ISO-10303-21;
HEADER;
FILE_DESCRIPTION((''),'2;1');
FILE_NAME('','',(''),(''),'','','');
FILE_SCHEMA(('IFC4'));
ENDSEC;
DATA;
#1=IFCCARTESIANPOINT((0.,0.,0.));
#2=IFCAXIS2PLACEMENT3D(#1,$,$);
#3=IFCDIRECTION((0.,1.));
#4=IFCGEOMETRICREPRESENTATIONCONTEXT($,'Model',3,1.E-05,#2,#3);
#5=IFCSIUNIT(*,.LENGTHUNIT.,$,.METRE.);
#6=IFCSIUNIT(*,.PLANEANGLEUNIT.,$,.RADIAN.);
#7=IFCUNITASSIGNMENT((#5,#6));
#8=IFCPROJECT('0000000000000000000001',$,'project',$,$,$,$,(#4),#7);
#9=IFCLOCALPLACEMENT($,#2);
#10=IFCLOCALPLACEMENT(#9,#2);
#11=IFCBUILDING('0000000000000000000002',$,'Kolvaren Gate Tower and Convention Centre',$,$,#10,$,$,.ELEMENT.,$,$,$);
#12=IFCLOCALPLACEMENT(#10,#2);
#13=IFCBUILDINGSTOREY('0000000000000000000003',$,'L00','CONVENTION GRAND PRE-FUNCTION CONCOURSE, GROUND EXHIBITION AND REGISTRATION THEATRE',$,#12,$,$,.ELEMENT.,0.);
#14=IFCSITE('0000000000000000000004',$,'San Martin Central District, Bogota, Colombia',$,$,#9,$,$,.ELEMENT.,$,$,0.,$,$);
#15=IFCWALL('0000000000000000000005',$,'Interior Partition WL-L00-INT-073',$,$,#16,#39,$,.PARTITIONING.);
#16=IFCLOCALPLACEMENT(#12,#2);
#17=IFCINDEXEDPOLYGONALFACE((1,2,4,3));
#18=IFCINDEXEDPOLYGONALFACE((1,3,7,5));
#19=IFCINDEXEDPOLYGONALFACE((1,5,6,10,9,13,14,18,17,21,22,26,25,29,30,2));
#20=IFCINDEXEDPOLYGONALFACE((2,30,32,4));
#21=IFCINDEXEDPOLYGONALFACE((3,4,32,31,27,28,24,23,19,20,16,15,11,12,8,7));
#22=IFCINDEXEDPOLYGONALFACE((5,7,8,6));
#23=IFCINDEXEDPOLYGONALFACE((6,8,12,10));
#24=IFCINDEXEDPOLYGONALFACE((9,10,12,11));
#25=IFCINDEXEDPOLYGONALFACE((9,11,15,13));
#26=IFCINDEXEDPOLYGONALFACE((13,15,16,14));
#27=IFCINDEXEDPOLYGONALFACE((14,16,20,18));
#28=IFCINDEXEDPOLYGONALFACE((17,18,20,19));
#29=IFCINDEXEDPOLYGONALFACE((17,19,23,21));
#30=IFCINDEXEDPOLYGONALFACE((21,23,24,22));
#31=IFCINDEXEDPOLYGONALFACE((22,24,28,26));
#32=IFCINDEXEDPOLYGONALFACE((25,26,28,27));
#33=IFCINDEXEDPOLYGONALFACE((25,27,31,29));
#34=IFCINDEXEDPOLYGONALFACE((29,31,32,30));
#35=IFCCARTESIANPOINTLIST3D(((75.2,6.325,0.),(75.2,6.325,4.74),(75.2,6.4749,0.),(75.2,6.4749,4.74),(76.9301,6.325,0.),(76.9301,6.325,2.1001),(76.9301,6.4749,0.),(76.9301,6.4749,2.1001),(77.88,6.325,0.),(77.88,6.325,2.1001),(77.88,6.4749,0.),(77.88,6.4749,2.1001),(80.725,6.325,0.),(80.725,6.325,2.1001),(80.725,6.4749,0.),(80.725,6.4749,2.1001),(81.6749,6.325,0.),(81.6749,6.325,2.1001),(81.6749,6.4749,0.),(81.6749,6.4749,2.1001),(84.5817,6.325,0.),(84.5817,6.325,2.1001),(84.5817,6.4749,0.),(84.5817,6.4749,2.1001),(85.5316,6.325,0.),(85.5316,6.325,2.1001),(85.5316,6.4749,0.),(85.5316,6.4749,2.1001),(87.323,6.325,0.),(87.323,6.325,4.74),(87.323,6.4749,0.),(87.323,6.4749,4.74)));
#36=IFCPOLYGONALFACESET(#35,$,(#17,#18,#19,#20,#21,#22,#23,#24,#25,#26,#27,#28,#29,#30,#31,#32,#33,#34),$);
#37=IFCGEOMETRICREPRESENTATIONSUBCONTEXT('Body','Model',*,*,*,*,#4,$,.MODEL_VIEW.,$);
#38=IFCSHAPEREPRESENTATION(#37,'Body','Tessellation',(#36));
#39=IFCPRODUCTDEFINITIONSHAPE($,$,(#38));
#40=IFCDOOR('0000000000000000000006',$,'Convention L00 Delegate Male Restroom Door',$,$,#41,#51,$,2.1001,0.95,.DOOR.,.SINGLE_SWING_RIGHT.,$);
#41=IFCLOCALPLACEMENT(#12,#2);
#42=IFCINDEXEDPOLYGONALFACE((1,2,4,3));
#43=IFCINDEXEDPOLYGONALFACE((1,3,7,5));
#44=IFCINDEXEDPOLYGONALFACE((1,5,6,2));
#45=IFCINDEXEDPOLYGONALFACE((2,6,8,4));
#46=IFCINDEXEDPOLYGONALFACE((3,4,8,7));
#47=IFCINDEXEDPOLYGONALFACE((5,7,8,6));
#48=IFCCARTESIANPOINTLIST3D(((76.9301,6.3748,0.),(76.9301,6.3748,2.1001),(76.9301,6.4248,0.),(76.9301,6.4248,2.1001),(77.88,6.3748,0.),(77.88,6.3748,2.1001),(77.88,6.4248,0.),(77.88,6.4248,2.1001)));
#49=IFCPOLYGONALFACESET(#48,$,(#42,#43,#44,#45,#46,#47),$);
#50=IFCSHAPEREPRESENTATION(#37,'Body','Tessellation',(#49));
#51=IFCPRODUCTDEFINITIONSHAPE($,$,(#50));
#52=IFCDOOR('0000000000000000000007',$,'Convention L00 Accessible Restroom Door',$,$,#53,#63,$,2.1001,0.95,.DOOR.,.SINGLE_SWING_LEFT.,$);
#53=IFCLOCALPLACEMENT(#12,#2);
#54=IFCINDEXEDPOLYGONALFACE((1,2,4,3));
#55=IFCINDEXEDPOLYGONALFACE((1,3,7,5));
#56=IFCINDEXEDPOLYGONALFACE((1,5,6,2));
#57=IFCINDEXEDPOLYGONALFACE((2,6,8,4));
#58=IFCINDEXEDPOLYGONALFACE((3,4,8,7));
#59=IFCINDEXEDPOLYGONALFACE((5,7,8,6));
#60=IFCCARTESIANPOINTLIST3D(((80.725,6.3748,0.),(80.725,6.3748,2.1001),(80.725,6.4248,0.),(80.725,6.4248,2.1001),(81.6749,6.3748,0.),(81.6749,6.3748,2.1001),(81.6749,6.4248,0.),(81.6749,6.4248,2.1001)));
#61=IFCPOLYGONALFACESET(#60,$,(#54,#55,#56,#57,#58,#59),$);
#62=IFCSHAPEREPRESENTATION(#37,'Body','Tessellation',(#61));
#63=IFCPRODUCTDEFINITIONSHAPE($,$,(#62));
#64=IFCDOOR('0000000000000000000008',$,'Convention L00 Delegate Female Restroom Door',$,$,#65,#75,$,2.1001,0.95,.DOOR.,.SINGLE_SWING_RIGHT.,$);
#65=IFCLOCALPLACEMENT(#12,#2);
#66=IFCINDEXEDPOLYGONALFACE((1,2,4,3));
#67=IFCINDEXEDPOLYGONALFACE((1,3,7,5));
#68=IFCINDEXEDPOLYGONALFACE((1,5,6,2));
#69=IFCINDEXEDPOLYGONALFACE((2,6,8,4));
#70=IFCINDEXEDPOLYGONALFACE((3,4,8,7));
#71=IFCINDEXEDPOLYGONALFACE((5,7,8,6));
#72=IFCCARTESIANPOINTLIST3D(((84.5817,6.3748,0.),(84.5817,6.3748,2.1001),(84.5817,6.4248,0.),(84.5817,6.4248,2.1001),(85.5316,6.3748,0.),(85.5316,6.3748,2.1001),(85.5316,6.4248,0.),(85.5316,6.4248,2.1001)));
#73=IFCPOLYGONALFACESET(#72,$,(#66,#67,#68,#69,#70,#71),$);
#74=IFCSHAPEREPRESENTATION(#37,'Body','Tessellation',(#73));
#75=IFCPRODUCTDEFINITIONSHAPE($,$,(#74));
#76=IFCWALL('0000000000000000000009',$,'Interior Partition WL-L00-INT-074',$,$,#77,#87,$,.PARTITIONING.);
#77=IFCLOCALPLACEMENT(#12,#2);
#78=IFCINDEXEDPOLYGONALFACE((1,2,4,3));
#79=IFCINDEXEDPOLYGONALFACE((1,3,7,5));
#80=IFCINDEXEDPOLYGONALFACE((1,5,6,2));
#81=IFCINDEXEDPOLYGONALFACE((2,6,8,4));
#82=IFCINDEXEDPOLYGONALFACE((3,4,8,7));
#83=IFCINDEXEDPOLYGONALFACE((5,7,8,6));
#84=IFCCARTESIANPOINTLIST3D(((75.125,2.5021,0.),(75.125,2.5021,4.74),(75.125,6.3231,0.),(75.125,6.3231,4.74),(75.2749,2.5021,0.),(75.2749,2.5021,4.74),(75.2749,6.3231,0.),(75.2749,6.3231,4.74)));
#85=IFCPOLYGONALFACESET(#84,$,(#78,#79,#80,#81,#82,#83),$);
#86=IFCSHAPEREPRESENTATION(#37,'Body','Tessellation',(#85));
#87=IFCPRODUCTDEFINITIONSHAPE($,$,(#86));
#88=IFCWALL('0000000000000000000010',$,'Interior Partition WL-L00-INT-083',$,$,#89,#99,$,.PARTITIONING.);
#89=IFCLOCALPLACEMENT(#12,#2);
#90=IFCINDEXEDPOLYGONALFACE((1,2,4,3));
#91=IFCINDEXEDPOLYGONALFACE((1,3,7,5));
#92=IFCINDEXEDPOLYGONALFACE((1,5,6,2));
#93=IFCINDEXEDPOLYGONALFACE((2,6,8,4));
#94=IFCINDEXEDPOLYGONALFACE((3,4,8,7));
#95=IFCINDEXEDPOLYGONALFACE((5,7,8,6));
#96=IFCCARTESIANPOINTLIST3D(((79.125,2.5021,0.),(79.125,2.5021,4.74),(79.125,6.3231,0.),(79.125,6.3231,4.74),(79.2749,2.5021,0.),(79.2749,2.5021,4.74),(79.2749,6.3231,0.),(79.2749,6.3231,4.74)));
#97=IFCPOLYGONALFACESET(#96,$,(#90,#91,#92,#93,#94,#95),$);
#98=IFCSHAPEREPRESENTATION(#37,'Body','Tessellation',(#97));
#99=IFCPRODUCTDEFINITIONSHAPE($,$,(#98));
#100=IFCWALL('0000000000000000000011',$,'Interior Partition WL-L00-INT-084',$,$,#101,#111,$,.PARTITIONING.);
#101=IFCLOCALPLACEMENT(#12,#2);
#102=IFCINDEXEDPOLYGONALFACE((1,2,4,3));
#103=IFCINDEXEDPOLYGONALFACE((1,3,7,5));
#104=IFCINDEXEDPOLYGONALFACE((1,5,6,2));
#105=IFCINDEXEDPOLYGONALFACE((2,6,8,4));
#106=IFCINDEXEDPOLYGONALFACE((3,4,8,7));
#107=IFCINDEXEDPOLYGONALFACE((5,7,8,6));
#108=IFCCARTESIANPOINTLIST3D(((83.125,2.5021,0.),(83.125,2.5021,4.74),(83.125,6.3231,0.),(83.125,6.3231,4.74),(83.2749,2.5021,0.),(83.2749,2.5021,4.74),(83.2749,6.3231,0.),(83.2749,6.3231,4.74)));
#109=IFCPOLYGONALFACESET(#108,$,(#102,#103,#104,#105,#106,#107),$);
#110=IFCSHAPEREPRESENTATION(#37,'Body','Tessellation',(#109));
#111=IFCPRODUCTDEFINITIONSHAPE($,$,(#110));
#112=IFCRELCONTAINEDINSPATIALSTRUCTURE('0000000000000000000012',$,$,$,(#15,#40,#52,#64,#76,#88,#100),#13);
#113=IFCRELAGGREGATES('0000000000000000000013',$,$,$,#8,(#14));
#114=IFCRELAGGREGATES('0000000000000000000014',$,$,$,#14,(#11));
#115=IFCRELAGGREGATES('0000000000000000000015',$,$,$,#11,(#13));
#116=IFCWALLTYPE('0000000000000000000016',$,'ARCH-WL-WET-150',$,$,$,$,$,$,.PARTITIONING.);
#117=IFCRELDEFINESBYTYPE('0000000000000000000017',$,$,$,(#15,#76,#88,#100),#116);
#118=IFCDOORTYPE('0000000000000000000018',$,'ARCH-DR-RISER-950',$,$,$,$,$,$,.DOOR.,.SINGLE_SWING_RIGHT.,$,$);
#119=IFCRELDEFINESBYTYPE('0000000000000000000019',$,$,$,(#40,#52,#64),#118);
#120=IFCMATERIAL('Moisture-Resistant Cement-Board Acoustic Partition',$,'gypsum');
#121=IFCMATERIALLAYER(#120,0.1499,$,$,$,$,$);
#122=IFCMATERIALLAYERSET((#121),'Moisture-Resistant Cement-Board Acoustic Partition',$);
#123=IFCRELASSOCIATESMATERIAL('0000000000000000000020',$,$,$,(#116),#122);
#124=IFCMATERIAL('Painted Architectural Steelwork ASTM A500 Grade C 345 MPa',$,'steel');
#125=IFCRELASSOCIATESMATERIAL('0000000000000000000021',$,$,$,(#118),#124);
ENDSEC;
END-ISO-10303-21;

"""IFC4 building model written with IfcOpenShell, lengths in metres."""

from ifc_helpers import new_model, si_unit, direction, frame, frame_2d, origin, place, context, subcontext, project, spatial, rectangle, extrude, material, layer, layer_set, type_object, element, fill, save


model = new_model("IFC4")

# Units and contexts
model_context = context("Model", 3, precision=1e-05, world=origin(), true_north=direction((0.0, 1.0)))
body_context = subcontext(model_context, "Body", "Model", "MODEL_VIEW")
ifc_project = project(units=[si_unit("LENGTHUNIT", "METRE"), si_unit("PLANEANGLEUNIT", "RADIAN")], contexts=[model_context])

# Site, building, storey
site_placement = place(None, origin())
site = spatial("IfcSite", under=ifc_project, at=site_placement, Name="San Martin Central District, Bogota, Colombia", CompositionType="ELEMENT", RefElevation=0.0)
building_placement = place(site_placement, origin())
building = spatial("IfcBuilding", under=site, at=building_placement, Name="Kolvaren Gate Tower and Convention Centre", CompositionType="ELEMENT")
storey_placement = place(building_placement, origin())
storey = spatial("IfcBuildingStorey", under=building, at=storey_placement, Name="L00", Description="CONVENTION GRAND PRE-FUNCTION CONCOURSE, GROUND EXHIBITION AND REGISTRATION THEATRE", CompositionType="ELEMENT", Elevation=0.0)

# Wall, openings, doors
ifc_material_1 = material(Name="Moisture-Resistant Cement-Board Acoustic Partition", Category="gypsum")
ifc_layer_1 = layer(ifc_material_1, 0.1499)
ifc_layer_set_1 = layer_set([ifc_layer_1], Name="Moisture-Resistant Cement-Board Acoustic Partition")
wall_type_1 = type_object("IfcWallType", Name="ARCH-WL-WET-150", PredefinedType="PARTITIONING", material=ifc_layer_set_1)
wall_1_placement = place(storey_placement, frame((75.2, 6.3999, 0.0), z_axis=(0.0, 0.0, 1.0), x_axis=(1.0, 0.0, 0.0)))
wall_1 = element("IfcWall", 1, at=wall_1_placement, inside=storey, type_object=wall_type_1, Name="Interior Partition WL-L00-INT-073", PredefinedType="PARTITIONING", context=body_context, shape_type="SweptSolid", body=[
    extrude(rectangle(XDim=12.123, YDim=0.1499, at=frame_2d((6.0615, 0.0))), origin(), (0.0, 0.0, 1.0), 4.74),
])
opening_1_placement = place(wall_1_placement, frame((1.73, 0.0, 0.0)))
opening_1 = element("IfcOpeningElement", 2, at=opening_1_placement, cuts=wall_1, PredefinedType="OPENING", context=body_context, shape_type="SweptSolid", body=[
    extrude(rectangle(XDim=0.95, YDim=2.1001, at=frame_2d((0.4751, 1.05))), frame((0.0, 0.085, 0.0), z_axis=(0.0, -1.0, 0.0), x_axis=(1.0, 0.0, 0.0)), (0.0, 0.0, 1.0), 0.1699),
])
opening_2_placement = place(wall_1_placement, frame((5.5249, 0.0, 0.0)))
opening_2 = element("IfcOpeningElement", 3, at=opening_2_placement, cuts=wall_1, PredefinedType="OPENING", context=body_context, shape_type="SweptSolid", body=[
    extrude(rectangle(XDim=0.95, YDim=2.1001, at=frame_2d((0.4751, 1.05))), frame((0.0, 0.085, 0.0), z_axis=(0.0, -1.0, 0.0), x_axis=(1.0, 0.0, 0.0)), (0.0, 0.0, 1.0), 0.1699),
])
opening_3_placement = place(wall_1_placement, frame((9.3816, 0.0, 0.0)))
opening_3 = element("IfcOpeningElement", 4, at=opening_3_placement, cuts=wall_1, PredefinedType="OPENING", context=body_context, shape_type="SweptSolid", body=[
    extrude(rectangle(XDim=0.95, YDim=2.1001, at=frame_2d((0.4751, 1.05))), frame((0.0, 0.085, 0.0), z_axis=(0.0, -1.0, 0.0), x_axis=(1.0, 0.0, 0.0)), (0.0, 0.0, 1.0), 0.1699),
])
ifc_material_2 = material(Name="Painted Architectural Steelwork ASTM A500 Grade C 345 MPa", Category="steel")
door_type = type_object("IfcDoorType", Name="ARCH-DR-RISER-950", OperationType="SINGLE_SWING_RIGHT", PredefinedType="DOOR", material=ifc_material_2)
door_1_placement = place(opening_1_placement, origin())
door_1 = element("IfcDoor", 5, at=door_1_placement, inside=storey, type_object=door_type, Name="Convention L00 Delegate Male Restroom Door", OperationType="SINGLE_SWING_RIGHT", OverallHeight=2.1001, OverallWidth=0.95, PredefinedType="DOOR", context=body_context, shape_type="SweptSolid", body=[
    extrude(rectangle(XDim=0.95, YDim=2.1001, at=frame_2d((0.4751, 1.05))), frame((0.0, 0.0249, 0.0), z_axis=(0.0, -1.0, 0.0), x_axis=(1.0, 0.0, 0.0)), (0.0, 0.0, 1.0), 0.05),
])
fill(opening_1, door_1)
door_2_placement = place(opening_2_placement, origin())
door_2 = element("IfcDoor", 6, at=door_2_placement, inside=storey, type_object=door_type, Name="Convention L00 Accessible Restroom Door", OperationType="SINGLE_SWING_LEFT", OverallHeight=2.1001, OverallWidth=0.95, PredefinedType="DOOR", context=body_context, shape_type="SweptSolid", body=[
    extrude(rectangle(XDim=0.95, YDim=2.1001, at=frame_2d((0.4751, 1.05))), frame((0.0, 0.0249, 0.0), z_axis=(0.0, -1.0, 0.0), x_axis=(1.0, 0.0, 0.0)), (0.0, 0.0, 1.0), 0.05),
])
fill(opening_2, door_2)
door_3_placement = place(opening_3_placement, origin())
door_3 = element("IfcDoor", 7, at=door_3_placement, inside=storey, type_object=door_type, Name="Convention L00 Delegate Female Restroom Door", OperationType="SINGLE_SWING_RIGHT", OverallHeight=2.1001, OverallWidth=0.95, PredefinedType="DOOR", context=body_context, shape_type="SweptSolid", body=[
    extrude(rectangle(XDim=0.95, YDim=2.1001, at=frame_2d((0.4751, 1.05))), frame((0.0, 0.0249, 0.0), z_axis=(0.0, -1.0, 0.0), x_axis=(1.0, 0.0, 0.0)), (0.0, 0.0, 1.0), 0.05),
])
fill(opening_3, door_3)

# Walls
for number, where, z_axis, x_axis, name in (
    (8, (75.2, 2.502, 0.0), (0.0, 0.0, 1.0), (0.0, 1.0, 0.0), "Interior Partition WL-L00-INT-074"),
    (9, (79.2, 2.502, 0.0), (0.0, 0.0, 1.0), (0.0, 1.0, 0.0), "Interior Partition WL-L00-INT-083"),
    (10, (83.2, 2.502, 0.0), (0.0, 0.0, 1.0), (0.0, 1.0, 0.0), "Interior Partition WL-L00-INT-084"),
):
    element("IfcWall", number, at=place(storey_placement, frame(where, z_axis=z_axis, x_axis=x_axis)), inside=storey, type_object=wall_type_1, Name=name, PredefinedType="PARTITIONING", context=body_context, shape_type="SweptSolid", body=[
        extrude(rectangle(XDim=3.821, YDim=0.1499, at=frame_2d((1.9106, 0.0))), origin(), (0.0, 0.0, 1.0), 4.74),
    ])

save(model, "model.ifc")
